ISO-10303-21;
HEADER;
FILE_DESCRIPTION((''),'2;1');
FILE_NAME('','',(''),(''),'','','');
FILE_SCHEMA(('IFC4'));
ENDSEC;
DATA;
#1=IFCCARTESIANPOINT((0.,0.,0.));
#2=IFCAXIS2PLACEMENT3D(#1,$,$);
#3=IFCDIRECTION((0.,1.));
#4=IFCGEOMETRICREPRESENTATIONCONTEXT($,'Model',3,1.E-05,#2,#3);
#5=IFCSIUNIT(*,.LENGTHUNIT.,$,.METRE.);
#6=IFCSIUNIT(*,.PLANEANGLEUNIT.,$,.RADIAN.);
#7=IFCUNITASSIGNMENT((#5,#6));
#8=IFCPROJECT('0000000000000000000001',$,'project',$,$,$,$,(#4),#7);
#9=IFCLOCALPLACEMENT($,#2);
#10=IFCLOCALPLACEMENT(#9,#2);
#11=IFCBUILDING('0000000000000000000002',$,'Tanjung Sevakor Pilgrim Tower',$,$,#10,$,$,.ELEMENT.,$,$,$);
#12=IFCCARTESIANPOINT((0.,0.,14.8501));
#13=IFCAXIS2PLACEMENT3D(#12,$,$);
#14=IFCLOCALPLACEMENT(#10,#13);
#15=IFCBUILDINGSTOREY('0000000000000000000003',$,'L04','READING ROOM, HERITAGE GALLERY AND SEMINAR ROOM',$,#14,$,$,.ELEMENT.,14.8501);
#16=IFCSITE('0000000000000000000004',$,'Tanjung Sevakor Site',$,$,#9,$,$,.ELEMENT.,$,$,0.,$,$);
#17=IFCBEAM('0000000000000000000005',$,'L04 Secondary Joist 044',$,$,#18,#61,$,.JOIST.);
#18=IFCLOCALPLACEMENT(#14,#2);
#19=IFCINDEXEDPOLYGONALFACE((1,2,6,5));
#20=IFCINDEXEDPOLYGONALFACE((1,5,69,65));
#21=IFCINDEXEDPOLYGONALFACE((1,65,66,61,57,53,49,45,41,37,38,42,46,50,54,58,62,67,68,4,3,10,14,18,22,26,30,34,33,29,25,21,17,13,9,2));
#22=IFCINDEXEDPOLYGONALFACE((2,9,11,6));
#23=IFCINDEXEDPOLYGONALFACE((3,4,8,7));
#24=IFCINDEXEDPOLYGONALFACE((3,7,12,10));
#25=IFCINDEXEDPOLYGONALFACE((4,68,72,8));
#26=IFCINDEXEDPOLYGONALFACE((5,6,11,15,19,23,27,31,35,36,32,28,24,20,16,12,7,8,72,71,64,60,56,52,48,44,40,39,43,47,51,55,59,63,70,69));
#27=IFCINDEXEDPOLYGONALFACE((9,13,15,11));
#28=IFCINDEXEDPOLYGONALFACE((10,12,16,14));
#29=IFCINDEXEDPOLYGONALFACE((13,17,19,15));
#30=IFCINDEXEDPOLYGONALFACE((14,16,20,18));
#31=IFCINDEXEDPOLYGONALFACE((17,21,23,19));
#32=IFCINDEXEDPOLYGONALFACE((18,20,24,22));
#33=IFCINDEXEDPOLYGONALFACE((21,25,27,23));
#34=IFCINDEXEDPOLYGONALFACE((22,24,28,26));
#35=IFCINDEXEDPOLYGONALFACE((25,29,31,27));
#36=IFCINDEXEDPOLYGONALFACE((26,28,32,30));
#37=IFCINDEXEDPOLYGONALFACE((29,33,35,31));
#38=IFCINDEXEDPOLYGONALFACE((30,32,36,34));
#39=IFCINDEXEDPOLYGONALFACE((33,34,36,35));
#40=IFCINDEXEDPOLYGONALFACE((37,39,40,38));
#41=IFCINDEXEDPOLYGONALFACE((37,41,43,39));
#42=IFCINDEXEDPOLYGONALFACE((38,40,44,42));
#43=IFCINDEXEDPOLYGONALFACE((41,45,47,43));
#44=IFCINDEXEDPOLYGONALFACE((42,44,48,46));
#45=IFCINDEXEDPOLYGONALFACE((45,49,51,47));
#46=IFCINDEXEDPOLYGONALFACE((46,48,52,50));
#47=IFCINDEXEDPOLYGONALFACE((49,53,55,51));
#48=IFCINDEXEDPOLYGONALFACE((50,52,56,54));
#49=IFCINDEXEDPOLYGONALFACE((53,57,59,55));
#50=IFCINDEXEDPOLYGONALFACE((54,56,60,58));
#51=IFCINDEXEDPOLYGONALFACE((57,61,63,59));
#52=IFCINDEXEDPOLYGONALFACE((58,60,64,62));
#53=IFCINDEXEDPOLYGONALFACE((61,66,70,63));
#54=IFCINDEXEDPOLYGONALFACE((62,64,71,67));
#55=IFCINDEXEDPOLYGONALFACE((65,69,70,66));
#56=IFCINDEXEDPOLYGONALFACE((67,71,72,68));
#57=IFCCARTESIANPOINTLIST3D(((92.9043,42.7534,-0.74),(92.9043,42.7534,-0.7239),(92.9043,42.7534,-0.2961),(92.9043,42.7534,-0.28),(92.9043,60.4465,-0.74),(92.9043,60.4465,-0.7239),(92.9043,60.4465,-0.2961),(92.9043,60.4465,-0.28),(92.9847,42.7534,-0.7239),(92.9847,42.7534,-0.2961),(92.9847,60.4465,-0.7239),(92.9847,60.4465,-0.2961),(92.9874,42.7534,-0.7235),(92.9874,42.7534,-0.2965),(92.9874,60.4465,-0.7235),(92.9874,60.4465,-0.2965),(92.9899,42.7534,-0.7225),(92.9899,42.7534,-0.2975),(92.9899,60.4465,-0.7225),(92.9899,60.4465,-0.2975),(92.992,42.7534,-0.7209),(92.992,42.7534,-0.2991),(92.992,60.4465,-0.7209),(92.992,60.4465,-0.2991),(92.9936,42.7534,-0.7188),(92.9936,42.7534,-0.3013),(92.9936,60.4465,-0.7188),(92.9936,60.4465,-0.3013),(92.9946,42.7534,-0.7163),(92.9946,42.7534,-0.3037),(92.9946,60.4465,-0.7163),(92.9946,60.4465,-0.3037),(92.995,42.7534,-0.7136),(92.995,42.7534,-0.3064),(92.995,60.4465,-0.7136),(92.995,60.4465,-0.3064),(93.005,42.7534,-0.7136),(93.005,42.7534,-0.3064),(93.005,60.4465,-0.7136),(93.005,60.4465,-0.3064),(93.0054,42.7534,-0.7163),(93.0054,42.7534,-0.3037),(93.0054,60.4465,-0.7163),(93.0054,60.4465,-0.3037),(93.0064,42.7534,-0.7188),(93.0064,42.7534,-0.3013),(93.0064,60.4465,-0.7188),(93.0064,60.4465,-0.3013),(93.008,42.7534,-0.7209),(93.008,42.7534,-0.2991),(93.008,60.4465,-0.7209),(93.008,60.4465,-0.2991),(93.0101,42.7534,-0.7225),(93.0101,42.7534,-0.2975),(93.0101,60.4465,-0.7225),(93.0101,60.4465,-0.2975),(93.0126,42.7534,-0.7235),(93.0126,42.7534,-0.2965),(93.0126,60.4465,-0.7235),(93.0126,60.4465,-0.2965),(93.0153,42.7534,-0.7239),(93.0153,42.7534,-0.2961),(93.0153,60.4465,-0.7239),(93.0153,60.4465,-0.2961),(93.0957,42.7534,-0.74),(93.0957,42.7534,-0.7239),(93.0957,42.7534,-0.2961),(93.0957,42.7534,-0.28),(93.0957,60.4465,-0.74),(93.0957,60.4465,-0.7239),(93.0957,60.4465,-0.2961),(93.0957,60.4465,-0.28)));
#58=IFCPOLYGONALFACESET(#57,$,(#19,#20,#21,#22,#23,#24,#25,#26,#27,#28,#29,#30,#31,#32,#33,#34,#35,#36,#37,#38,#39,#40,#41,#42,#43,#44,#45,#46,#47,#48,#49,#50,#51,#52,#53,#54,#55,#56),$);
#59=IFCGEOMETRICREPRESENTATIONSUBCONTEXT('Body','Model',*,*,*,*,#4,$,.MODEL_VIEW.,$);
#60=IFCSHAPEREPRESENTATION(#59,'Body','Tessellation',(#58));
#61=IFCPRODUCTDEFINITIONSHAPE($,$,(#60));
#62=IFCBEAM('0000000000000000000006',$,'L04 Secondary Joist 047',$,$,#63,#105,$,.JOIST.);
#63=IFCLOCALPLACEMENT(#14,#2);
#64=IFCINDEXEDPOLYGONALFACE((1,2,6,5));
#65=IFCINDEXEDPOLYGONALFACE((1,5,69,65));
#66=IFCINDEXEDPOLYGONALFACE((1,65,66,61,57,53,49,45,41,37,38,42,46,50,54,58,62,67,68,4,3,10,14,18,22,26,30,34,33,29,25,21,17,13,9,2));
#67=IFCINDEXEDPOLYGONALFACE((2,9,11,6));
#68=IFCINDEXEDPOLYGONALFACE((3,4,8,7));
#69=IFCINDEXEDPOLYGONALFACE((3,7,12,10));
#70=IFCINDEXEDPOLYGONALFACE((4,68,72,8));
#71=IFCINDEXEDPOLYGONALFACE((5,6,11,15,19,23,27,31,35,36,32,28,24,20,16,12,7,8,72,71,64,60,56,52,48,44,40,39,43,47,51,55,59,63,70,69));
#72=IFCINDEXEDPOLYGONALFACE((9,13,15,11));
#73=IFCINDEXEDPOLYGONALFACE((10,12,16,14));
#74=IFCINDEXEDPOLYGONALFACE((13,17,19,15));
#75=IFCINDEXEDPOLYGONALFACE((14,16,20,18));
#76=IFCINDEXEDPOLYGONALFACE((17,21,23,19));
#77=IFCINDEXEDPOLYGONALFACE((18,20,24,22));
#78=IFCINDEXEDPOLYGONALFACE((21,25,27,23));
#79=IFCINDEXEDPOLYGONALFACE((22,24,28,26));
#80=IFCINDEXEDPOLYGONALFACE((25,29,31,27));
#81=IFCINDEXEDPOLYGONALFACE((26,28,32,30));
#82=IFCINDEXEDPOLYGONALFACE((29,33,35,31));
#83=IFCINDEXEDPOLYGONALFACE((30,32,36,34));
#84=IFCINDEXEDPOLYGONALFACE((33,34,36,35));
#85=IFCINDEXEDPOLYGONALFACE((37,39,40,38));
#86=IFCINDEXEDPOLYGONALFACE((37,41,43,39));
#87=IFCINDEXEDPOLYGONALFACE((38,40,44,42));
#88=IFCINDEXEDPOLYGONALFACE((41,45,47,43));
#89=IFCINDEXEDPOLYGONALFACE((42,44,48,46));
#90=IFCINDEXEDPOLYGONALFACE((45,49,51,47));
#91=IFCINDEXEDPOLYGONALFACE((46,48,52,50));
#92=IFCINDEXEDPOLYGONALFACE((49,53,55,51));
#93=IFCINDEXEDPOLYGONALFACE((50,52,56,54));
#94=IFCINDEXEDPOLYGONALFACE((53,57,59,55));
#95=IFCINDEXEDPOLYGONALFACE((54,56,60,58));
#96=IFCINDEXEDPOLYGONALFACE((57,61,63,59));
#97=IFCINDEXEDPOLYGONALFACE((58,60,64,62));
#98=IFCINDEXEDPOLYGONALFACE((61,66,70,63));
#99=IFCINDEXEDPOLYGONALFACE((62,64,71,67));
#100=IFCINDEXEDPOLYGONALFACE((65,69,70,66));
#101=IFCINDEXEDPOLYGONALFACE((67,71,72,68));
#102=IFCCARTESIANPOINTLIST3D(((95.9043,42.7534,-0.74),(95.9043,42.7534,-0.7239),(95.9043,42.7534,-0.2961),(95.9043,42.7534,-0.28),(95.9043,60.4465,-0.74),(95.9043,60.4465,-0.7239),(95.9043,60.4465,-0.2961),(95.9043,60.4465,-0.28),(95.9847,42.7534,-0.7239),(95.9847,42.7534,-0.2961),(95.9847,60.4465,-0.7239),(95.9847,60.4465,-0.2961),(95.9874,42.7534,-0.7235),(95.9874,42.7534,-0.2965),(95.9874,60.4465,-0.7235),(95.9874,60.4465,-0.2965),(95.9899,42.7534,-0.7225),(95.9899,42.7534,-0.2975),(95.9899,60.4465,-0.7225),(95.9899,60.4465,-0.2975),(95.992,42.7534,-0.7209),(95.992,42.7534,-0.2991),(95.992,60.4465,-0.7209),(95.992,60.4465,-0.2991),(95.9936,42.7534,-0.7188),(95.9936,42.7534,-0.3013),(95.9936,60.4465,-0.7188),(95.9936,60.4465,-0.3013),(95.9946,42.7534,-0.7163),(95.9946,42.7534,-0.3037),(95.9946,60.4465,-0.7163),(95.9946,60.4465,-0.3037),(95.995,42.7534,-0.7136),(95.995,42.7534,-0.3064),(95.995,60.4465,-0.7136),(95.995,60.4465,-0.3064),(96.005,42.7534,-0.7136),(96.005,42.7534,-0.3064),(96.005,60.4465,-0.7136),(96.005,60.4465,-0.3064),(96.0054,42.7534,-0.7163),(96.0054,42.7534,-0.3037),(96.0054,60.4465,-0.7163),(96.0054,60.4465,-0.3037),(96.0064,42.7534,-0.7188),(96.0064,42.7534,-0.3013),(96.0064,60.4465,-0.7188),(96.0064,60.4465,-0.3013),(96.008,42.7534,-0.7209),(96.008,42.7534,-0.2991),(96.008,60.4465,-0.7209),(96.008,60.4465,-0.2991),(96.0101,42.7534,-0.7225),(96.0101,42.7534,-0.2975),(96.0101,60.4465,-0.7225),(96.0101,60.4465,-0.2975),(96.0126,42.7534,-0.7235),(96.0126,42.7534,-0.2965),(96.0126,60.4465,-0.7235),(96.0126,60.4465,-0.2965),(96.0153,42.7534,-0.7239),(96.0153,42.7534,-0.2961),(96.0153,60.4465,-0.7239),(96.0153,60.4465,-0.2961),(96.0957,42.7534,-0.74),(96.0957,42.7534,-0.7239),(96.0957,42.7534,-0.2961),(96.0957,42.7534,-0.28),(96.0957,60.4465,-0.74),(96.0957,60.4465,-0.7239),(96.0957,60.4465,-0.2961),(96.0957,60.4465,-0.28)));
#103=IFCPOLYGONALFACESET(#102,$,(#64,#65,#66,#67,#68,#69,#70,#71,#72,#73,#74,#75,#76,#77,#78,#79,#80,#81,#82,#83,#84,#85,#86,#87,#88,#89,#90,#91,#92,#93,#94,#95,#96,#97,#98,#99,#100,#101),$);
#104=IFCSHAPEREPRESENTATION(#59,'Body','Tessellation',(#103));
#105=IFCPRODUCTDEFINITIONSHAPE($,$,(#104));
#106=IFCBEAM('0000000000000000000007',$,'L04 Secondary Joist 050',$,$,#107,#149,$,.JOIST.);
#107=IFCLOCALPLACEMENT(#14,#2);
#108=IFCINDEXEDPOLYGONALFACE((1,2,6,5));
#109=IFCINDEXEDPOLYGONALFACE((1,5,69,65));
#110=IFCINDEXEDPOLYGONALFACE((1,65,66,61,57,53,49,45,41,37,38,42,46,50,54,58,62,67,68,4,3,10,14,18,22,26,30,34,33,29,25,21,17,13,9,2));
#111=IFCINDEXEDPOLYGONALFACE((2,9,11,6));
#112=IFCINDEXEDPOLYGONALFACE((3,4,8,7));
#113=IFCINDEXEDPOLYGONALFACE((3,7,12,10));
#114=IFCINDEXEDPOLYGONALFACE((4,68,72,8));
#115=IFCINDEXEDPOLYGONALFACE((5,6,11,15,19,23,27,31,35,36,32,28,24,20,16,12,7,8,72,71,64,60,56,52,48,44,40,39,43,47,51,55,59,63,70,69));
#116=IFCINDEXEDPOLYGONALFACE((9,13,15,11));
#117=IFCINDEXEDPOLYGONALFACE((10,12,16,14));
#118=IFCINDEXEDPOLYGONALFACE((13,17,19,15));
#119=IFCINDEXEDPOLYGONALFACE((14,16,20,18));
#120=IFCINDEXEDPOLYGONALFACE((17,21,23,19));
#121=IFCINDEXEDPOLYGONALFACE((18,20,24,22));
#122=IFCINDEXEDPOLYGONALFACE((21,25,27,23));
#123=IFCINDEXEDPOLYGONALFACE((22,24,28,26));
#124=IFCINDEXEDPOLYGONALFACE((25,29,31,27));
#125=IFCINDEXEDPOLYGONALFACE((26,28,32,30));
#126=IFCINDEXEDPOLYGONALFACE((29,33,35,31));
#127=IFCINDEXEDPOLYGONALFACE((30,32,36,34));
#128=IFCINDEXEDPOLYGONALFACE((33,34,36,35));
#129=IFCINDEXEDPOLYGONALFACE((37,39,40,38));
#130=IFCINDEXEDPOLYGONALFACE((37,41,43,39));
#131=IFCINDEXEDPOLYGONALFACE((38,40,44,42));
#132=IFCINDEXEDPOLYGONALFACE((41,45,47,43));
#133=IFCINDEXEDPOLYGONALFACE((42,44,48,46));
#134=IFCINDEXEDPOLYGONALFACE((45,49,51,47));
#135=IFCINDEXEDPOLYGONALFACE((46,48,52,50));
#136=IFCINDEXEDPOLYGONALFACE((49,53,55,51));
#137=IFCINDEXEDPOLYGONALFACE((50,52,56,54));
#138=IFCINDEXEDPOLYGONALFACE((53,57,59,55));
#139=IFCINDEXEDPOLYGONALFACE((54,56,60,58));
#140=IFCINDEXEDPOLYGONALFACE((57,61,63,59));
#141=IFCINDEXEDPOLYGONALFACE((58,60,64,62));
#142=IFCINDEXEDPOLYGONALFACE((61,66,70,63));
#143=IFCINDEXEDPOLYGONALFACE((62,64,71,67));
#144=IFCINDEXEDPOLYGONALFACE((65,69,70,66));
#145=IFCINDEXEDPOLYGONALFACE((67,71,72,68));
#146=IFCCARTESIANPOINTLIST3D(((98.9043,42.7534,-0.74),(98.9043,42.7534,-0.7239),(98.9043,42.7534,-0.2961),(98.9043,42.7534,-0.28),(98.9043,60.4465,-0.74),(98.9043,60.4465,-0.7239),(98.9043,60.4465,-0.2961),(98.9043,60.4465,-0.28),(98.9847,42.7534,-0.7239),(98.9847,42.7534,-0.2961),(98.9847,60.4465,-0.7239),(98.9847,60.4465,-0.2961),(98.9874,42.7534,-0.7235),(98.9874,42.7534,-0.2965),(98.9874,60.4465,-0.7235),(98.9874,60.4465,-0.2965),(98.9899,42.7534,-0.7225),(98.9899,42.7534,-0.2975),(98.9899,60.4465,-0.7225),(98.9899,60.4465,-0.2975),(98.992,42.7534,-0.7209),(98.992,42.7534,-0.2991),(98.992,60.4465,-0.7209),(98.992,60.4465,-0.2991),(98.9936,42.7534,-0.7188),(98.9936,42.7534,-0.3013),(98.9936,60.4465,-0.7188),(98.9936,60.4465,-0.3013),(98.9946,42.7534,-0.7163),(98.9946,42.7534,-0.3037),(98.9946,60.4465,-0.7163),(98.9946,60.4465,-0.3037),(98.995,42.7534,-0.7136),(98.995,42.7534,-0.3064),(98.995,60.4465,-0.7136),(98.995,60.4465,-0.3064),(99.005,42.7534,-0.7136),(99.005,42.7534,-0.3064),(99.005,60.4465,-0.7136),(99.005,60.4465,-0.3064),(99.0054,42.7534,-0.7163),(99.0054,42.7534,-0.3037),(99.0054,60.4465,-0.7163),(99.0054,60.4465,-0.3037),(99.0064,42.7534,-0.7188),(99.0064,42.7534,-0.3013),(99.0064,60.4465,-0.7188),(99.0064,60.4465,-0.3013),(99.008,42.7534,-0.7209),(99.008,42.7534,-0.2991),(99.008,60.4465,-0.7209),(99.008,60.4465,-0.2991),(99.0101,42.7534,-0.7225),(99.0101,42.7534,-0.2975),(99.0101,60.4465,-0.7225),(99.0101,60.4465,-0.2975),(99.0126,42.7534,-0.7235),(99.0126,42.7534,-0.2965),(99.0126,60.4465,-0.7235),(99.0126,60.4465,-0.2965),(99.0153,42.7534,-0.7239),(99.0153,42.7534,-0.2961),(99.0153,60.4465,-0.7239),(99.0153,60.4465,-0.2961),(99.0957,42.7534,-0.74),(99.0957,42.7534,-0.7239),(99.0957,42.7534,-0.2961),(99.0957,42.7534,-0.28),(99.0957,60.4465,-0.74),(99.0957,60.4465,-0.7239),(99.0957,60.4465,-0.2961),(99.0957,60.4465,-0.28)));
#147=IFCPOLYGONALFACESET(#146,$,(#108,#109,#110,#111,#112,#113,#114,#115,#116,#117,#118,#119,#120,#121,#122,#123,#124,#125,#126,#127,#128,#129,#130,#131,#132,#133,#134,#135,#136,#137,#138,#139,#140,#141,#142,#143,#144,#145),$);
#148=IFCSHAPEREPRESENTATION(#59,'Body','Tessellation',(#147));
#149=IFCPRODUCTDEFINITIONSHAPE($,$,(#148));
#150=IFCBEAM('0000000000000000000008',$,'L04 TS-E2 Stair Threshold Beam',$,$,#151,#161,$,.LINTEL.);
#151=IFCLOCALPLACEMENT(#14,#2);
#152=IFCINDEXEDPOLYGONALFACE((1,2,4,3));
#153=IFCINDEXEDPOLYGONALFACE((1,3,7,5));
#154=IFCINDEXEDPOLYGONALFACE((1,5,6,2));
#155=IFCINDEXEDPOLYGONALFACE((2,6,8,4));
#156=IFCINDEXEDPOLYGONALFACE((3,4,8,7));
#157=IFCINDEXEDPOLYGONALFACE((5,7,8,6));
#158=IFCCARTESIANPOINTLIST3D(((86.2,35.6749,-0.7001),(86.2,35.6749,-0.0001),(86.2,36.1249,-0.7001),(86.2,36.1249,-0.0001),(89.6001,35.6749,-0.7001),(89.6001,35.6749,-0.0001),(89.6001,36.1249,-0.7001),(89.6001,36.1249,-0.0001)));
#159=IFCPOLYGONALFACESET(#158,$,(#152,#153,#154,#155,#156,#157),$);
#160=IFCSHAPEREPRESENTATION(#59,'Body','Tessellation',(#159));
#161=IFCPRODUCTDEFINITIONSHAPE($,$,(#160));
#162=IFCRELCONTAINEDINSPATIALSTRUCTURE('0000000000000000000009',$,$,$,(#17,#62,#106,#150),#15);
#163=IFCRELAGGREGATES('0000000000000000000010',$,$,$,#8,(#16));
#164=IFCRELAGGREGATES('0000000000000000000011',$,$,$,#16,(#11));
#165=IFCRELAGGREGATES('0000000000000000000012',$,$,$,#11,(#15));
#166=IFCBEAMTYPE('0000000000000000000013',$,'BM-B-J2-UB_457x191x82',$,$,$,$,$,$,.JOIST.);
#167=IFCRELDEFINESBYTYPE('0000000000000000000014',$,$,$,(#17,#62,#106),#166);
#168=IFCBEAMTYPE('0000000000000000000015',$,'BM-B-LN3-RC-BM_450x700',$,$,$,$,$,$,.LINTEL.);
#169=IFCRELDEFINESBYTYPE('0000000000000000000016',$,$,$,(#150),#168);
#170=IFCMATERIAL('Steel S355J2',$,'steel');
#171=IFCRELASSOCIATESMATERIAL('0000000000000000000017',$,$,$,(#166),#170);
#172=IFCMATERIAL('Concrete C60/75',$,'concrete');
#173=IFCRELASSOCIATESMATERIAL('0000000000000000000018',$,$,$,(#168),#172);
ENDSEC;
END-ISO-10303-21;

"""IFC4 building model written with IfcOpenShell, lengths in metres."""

from ifc_helpers import new_model, si_unit, direction, frame, origin, origin_2d, place, context, subcontext, project, spatial, rectangle, i_section, extrude, material, material_profile, profile_set, type_object, element, save


model = new_model("IFC4")

# Units and contexts
model_context = context("Model", 3, precision=1e-05, world=origin(), true_north=direction((0.0, 1.0)))
body_context = subcontext(model_context, "Body", "Model", "MODEL_VIEW")
ifc_project = project(units=[si_unit("LENGTHUNIT", "METRE"), si_unit("PLANEANGLEUNIT", "RADIAN")], contexts=[model_context])

# Site, building, storey
site_placement = place(None, origin())
site = spatial("IfcSite", under=ifc_project, at=site_placement, Name="Tanjung Sevakor Site", CompositionType="ELEMENT", RefElevation=0.0)
building_placement = place(site_placement, origin())
building = spatial("IfcBuilding", under=site, at=building_placement, Name="Tanjung Sevakor Pilgrim Tower", CompositionType="ELEMENT")
storey_placement = place(building_placement, frame((0.0, 0.0, 14.8501)))
storey = spatial("IfcBuildingStorey", under=building, at=storey_placement, Name="L04", Description="READING ROOM, HERITAGE GALLERY AND SEMINAR ROOM", CompositionType="ELEMENT", Elevation=14.8501)

# Beams
ifc_material_1 = material(Name="Steel S355J2", Category="steel")
ifc_material_profile_1 = material_profile(ifc_material_1, i_section(OverallWidth=0.1914, OverallDepth=0.46, WebThickness=0.01, FlangeThickness=0.0161, FilletRadius=0.0103, at=origin_2d()))
ifc_profile_set_1 = profile_set([ifc_material_profile_1], Name="Steel S355J2")
beam_type_1 = type_object("IfcBeamType", Name="BM-B-J2-UB_457x191x82", PredefinedType="JOIST", material=ifc_profile_set_1)
for number, where, z_axis, x_axis, name in (
    (1, (93.0, 42.7534, -0.51), (0.0, 1.0, 0.0), (-1.0, 0.0, 0.0), "L04 Secondary Joist 044"),
    (2, (96.0, 42.7534, -0.51), (0.0, 1.0, 0.0), (-1.0, 0.0, 0.0), "L04 Secondary Joist 047"),
    (3, (99.0, 42.7534, -0.51), (0.0, 1.0, 0.0), (-1.0, 0.0, 0.0), "L04 Secondary Joist 050"),
):
    element("IfcBeam", number, at=place(storey_placement, frame(where, z_axis=z_axis, x_axis=x_axis)), inside=storey, type_object=beam_type_1, Name=name, PredefinedType="JOIST", context=body_context, shape_type="SweptSolid", body=[
        extrude(i_section(OverallWidth=0.1914, OverallDepth=0.46, WebThickness=0.01, FlangeThickness=0.0161, FilletRadius=0.0103, at=origin_2d()), origin(), (0.0, 0.0, 1.0), 17.6931),
    ])
ifc_material_2 = material(Name="Concrete C60/75", Category="concrete")
ifc_material_profile_2 = material_profile(ifc_material_2, rectangle(XDim=0.45, YDim=0.7, at=origin_2d()))
ifc_profile_set_2 = profile_set([ifc_material_profile_2], Name="Concrete C60/75")
beam_type_2 = type_object("IfcBeamType", Name="BM-B-LN3-RC-BM_450x700", PredefinedType="LINTEL", material=ifc_profile_set_2)
beam_1_placement = place(storey_placement, frame((86.2, 35.8999, -0.3501), z_axis=(1.0, 0.0, 0.0), x_axis=(0.0, 1.0, 0.0)))
element("IfcBeam", 4, at=beam_1_placement, inside=storey, type_object=beam_type_2, Name="L04 TS-E2 Stair Threshold Beam", PredefinedType="LINTEL", context=body_context, shape_type="SweptSolid", body=[
    extrude(rectangle(XDim=0.45, YDim=0.7, at=origin_2d()), origin(), (0.0, 0.0, 1.0), 3.4001),
])

save(model, "model.ifc")
